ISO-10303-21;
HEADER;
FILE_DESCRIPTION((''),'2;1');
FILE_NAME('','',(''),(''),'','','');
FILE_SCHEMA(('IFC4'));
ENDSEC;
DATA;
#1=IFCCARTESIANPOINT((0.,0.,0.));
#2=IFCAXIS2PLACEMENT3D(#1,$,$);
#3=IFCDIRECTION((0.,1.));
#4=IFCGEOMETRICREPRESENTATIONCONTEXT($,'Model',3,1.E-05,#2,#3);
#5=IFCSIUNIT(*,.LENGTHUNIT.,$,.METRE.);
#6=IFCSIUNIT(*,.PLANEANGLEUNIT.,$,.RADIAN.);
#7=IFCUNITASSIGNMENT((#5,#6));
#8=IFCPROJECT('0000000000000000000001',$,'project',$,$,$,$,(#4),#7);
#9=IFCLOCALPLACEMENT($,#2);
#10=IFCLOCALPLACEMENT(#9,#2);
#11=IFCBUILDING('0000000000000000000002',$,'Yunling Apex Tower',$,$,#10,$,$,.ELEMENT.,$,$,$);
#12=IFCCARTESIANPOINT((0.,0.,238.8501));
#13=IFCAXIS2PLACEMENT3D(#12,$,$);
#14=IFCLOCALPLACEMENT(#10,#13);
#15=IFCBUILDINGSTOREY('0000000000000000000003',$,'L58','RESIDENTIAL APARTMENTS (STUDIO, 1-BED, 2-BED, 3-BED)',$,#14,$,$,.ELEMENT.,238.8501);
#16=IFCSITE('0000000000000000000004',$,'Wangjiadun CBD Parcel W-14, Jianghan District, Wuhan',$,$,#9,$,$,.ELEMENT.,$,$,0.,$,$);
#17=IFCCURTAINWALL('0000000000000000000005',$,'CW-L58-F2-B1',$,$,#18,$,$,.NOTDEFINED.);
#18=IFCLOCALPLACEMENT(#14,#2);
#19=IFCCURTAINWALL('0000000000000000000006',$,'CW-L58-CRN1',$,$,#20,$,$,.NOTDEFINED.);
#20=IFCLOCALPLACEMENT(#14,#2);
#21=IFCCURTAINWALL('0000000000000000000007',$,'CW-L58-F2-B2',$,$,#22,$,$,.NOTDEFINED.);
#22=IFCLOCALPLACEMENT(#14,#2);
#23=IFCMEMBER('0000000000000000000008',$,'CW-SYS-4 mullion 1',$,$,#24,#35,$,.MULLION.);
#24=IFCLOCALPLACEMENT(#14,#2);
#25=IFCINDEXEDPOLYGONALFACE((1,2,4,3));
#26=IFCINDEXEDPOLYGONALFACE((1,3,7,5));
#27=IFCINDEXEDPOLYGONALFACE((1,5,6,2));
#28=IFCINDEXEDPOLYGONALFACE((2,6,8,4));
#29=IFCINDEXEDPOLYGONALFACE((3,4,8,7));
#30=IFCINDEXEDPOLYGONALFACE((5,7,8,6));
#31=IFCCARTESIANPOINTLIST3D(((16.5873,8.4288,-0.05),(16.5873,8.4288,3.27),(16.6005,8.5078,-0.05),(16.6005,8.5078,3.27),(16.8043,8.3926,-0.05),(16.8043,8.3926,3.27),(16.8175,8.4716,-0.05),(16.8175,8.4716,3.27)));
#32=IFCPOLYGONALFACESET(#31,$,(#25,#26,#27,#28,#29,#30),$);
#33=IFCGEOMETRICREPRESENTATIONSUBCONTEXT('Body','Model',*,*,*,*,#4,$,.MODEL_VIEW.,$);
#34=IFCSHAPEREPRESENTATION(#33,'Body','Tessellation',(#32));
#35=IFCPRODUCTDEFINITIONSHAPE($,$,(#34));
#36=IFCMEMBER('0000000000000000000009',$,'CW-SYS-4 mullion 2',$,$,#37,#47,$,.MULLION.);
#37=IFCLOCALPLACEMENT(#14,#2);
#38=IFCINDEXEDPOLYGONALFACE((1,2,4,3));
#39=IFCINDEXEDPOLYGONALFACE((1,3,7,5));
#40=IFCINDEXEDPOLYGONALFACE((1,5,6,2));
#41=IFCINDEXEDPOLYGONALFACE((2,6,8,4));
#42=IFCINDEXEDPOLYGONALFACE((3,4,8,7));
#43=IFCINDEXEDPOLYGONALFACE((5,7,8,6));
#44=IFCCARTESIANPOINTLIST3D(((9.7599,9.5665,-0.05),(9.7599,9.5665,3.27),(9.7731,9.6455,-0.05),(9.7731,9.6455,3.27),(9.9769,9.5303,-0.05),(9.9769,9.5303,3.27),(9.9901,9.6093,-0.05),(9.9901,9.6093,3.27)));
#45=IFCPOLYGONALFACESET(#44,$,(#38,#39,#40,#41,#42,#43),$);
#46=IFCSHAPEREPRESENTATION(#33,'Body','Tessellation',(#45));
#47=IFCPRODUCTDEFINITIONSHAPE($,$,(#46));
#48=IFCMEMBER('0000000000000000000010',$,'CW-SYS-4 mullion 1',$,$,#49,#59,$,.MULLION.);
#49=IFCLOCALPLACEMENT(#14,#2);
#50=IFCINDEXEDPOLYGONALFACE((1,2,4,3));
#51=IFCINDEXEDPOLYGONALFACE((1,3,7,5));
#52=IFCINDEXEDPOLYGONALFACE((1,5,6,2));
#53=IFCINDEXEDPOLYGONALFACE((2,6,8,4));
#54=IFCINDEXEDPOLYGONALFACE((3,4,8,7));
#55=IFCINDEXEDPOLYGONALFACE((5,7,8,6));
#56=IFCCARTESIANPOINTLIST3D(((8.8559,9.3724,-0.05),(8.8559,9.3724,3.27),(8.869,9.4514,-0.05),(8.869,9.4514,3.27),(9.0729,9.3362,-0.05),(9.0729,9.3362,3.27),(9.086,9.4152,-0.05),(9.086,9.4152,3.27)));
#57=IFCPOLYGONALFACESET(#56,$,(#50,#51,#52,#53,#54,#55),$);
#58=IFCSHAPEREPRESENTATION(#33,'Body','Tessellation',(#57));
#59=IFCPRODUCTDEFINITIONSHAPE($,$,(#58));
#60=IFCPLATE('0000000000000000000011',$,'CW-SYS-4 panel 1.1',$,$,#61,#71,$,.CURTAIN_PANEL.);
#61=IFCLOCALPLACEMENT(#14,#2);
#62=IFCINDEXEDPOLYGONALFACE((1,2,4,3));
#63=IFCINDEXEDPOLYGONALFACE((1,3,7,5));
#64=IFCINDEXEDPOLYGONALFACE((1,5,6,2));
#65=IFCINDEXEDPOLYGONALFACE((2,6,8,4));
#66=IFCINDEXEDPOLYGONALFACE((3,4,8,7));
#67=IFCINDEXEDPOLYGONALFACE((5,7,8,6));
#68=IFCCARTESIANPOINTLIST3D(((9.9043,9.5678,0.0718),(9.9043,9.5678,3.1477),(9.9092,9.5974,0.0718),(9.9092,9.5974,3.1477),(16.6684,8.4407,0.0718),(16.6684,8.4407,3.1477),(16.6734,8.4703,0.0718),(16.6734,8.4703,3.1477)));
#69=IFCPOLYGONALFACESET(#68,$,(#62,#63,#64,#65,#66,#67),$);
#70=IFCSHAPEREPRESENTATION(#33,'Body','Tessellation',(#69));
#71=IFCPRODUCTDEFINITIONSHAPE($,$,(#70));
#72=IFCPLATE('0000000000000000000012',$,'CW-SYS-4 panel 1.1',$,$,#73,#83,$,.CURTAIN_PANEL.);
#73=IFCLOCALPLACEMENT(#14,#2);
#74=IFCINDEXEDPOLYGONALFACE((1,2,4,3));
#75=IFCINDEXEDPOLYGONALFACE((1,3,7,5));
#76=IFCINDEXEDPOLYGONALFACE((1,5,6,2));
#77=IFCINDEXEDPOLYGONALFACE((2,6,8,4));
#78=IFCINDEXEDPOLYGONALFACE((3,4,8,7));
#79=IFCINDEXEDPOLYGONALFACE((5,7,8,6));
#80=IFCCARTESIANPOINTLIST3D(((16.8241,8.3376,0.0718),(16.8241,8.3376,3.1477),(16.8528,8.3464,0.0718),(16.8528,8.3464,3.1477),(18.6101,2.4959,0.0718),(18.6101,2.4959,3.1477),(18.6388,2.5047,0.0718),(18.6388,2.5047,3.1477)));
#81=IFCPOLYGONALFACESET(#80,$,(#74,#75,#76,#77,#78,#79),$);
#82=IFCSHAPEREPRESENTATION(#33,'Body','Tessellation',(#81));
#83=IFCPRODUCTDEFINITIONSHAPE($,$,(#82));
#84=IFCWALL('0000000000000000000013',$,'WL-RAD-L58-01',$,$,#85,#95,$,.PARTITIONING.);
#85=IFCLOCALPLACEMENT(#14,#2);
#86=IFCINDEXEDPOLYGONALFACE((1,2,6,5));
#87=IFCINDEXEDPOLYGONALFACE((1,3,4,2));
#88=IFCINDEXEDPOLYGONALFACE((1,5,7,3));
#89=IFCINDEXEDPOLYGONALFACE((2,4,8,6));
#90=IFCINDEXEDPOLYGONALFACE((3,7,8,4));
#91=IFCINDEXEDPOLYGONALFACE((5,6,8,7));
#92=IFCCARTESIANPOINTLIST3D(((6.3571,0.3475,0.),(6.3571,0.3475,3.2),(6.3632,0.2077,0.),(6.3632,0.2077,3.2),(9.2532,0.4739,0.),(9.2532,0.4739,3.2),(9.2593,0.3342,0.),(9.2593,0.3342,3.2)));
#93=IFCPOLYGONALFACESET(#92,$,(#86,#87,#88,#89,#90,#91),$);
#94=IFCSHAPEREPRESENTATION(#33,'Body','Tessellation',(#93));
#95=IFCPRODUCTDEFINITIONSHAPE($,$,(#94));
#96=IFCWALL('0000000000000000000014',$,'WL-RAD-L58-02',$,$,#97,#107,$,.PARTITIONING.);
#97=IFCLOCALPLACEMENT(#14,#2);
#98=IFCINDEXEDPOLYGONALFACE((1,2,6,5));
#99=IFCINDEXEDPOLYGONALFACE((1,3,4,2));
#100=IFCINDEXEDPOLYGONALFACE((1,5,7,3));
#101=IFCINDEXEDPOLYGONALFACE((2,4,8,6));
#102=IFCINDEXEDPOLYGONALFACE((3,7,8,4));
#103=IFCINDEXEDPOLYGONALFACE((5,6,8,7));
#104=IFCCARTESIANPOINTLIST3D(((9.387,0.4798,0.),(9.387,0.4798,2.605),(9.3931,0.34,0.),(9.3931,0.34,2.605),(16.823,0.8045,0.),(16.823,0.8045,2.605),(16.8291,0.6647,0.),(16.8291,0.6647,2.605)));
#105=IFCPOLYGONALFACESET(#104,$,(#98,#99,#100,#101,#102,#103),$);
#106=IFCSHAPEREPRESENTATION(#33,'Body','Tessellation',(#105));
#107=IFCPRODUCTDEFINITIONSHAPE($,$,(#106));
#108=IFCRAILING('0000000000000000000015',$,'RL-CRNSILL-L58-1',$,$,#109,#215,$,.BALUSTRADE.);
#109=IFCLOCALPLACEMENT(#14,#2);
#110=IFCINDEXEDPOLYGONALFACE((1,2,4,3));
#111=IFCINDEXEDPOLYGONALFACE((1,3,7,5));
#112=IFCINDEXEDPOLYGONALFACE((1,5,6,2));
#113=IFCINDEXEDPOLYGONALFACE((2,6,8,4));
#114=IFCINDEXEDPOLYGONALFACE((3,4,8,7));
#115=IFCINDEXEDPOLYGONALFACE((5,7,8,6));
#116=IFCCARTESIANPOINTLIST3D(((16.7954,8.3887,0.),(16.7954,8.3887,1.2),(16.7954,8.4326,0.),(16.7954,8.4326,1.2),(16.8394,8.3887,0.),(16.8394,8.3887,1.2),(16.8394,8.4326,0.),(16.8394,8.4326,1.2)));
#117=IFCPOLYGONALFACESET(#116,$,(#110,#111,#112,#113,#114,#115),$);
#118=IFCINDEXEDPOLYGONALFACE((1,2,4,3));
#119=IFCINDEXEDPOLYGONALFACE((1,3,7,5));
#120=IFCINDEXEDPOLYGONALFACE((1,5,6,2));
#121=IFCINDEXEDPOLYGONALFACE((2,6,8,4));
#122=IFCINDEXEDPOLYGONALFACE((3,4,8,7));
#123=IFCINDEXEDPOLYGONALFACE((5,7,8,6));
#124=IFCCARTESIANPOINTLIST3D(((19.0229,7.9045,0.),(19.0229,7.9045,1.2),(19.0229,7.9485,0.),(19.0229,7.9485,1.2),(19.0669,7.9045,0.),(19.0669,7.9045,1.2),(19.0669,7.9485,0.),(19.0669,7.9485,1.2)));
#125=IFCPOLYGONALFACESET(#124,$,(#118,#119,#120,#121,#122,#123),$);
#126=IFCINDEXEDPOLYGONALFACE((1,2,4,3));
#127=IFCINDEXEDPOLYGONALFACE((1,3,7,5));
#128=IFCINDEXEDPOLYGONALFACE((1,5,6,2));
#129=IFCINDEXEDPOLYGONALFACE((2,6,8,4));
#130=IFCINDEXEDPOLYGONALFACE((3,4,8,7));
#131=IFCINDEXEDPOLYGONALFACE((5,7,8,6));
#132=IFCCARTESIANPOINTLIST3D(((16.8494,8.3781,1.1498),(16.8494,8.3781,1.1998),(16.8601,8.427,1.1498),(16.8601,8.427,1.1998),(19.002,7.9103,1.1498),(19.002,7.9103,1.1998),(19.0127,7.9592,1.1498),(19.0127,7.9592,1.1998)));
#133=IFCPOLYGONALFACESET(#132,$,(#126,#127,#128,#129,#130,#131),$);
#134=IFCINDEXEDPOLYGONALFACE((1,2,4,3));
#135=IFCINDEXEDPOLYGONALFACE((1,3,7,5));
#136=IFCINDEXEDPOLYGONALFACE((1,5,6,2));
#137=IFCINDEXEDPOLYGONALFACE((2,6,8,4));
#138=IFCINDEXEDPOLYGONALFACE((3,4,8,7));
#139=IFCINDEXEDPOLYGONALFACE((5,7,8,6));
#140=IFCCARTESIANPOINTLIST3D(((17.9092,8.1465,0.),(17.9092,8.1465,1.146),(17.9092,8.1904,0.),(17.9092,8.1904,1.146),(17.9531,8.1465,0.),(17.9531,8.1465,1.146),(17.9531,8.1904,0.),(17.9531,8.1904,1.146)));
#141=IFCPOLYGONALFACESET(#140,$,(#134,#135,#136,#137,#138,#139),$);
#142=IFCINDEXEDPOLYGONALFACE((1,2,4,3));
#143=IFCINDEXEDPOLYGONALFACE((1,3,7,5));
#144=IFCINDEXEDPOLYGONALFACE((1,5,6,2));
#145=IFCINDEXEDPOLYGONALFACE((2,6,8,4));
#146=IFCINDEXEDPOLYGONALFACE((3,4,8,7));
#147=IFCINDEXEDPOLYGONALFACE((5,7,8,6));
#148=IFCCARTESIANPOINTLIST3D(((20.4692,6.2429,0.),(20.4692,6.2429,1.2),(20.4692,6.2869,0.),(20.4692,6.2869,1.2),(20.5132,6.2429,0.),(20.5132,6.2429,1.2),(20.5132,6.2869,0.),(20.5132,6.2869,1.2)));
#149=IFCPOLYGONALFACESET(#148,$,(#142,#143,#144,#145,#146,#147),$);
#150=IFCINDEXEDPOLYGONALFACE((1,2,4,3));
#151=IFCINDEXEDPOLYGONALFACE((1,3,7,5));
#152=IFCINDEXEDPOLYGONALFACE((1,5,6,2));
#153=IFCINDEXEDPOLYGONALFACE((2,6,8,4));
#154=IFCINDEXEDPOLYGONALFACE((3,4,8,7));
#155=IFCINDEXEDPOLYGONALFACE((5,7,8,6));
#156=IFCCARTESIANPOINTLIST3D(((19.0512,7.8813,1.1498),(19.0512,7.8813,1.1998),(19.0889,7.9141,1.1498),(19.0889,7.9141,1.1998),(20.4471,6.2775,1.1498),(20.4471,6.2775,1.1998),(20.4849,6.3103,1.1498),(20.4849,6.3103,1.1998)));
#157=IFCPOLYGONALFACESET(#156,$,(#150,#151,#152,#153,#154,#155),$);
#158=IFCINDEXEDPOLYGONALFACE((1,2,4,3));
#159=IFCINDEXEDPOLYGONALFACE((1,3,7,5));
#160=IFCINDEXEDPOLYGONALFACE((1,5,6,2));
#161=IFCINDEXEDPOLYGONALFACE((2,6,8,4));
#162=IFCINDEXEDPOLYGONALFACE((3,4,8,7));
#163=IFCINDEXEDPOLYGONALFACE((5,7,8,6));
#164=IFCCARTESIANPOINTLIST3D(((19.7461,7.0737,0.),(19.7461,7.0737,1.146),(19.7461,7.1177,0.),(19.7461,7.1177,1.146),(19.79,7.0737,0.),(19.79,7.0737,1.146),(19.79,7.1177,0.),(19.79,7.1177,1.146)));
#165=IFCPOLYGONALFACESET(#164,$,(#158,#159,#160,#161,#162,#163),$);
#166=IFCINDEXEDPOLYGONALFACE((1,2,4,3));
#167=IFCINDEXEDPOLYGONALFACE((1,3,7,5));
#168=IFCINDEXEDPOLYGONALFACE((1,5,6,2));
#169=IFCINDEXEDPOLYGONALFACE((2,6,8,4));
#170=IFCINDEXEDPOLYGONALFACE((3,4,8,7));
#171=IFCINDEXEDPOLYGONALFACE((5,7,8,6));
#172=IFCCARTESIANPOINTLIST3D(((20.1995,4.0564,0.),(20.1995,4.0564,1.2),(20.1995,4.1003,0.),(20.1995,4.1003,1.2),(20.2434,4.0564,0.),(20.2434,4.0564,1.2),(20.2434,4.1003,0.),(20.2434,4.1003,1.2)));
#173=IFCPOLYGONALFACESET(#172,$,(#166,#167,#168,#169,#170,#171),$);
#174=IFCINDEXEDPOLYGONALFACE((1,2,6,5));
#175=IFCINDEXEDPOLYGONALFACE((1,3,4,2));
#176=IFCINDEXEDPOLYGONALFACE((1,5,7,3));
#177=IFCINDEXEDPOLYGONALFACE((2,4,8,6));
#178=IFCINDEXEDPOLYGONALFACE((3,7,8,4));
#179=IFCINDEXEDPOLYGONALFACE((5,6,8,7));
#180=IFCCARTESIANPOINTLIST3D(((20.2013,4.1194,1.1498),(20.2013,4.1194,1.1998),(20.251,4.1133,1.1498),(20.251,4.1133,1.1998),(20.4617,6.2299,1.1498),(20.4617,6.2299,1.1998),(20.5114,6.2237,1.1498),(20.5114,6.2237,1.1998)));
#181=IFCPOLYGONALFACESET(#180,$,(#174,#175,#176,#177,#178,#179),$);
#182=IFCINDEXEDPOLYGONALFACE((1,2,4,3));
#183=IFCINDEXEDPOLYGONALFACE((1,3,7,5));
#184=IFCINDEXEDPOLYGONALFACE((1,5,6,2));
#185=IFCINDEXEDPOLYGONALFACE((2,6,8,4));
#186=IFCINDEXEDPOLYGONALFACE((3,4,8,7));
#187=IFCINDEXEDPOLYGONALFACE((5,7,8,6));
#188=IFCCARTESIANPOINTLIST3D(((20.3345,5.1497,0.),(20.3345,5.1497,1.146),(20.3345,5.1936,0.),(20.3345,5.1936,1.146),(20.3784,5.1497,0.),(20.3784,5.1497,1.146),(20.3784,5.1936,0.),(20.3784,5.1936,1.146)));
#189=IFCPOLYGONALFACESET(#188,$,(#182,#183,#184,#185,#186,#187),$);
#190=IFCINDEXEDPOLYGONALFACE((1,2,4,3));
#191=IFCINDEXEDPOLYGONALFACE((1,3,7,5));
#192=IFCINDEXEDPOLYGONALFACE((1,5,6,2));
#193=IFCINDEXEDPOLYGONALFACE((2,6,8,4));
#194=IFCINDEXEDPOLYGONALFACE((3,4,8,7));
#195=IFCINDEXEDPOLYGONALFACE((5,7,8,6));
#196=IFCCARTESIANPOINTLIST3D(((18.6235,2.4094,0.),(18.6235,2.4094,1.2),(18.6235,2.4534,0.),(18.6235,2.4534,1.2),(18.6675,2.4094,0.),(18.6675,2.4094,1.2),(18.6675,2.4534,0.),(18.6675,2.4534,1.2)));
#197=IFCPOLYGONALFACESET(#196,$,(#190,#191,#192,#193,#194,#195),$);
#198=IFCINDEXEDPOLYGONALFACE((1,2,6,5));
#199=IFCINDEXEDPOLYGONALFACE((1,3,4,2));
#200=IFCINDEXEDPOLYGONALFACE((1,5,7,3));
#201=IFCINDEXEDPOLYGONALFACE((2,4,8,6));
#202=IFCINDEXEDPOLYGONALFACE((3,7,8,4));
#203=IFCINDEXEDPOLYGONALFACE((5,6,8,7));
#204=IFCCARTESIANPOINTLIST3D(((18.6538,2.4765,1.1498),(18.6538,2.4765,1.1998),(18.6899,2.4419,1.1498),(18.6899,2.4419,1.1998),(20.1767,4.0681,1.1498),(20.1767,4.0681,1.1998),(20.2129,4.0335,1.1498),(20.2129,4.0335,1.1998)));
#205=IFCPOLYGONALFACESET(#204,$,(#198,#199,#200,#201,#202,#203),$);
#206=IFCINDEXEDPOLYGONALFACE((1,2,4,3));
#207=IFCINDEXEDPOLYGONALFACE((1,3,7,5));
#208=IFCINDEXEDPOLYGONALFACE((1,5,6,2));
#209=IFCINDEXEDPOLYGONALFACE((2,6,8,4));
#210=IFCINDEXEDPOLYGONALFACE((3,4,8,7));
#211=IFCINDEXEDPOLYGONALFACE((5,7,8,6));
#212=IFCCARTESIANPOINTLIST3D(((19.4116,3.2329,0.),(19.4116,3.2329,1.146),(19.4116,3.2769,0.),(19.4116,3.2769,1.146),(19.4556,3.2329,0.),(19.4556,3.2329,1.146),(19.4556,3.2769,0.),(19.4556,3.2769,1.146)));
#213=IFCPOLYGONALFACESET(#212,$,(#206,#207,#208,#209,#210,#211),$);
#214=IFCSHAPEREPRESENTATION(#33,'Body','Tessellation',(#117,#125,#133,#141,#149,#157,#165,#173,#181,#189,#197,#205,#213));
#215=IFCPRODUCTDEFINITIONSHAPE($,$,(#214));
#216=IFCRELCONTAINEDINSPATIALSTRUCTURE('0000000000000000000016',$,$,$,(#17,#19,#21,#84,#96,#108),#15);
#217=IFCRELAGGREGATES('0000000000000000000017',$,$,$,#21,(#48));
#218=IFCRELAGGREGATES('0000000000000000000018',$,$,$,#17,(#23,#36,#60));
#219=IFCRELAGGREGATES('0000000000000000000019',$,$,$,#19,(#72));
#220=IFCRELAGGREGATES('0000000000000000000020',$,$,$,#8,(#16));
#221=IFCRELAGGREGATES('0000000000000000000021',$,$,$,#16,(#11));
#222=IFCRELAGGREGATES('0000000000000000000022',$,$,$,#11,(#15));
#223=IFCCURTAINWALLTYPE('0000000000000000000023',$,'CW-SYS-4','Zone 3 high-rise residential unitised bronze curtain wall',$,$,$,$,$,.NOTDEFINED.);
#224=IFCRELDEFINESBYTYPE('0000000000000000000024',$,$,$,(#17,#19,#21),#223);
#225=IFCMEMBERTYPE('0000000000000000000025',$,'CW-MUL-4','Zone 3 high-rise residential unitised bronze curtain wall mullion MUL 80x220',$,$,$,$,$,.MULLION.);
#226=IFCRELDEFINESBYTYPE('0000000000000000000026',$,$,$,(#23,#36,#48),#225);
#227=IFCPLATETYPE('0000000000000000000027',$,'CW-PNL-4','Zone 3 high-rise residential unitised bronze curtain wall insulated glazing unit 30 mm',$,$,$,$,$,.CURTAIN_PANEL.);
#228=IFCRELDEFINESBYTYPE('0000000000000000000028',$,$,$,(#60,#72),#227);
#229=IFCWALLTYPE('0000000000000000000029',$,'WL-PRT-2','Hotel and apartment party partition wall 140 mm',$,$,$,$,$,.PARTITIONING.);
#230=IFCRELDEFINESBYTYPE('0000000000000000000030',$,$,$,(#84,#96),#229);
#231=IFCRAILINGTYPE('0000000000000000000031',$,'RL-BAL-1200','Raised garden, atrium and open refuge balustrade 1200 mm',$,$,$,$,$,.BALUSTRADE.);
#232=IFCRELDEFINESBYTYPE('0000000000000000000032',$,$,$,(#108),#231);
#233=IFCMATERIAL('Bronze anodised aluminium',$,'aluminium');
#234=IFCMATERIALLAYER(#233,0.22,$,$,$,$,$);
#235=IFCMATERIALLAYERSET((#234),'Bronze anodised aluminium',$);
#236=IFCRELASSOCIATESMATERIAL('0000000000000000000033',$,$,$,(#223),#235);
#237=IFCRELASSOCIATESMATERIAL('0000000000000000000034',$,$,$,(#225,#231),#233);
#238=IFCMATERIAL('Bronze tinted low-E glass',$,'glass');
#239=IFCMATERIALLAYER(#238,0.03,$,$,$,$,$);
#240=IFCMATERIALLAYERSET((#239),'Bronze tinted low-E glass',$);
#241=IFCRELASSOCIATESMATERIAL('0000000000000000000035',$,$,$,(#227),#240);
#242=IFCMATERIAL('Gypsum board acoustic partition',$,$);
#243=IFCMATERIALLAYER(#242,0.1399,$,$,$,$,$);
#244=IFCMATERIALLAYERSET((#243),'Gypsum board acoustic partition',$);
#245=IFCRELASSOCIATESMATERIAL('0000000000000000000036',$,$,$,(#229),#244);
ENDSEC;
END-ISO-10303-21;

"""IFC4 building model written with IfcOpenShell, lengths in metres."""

from ifc_helpers import new_model, si_unit, direction, frame, frame_2d, origin, origin_2d, place, context, subcontext, project, spatial, rectangle, extrude, source, transform, mapped, material, layer, layer_set, material_profile, profile_set, type_object, element, aggregate, save


model = new_model("IFC4")

# Units and contexts
model_context = context("Model", 3, precision=1e-05, world=origin(), true_north=direction((0.0, 1.0)))
body_context = subcontext(model_context, "Body", "Model", "MODEL_VIEW")
ifc_project = project(units=[si_unit("LENGTHUNIT", "METRE"), si_unit("PLANEANGLEUNIT", "RADIAN")], contexts=[model_context])

# Site, building, storey
site_placement = place(None, origin())
site = spatial("IfcSite", under=ifc_project, at=site_placement, Name="Wangjiadun CBD Parcel W-14, Jianghan District, Wuhan", CompositionType="ELEMENT", RefElevation=0.0)
building_placement = place(site_placement, origin())
building = spatial("IfcBuilding", under=site, at=building_placement, Name="Yunling Apex Tower", CompositionType="ELEMENT")
storey_placement = place(building_placement, frame((0.0, 0.0, 238.8501)))
storey = spatial("IfcBuildingStorey", under=building, at=storey_placement, Name="L58", Description="RESIDENTIAL APARTMENTS (STUDIO, 1-BED, 2-BED, 3-BED)", CompositionType="ELEMENT", Elevation=238.8501)

# Curtain walls
ifc_material_1 = material(Name="Bronze anodised aluminium", Category="aluminium")
ifc_layer_1 = layer(ifc_material_1, 0.22)
ifc_layer_set_1 = layer_set([ifc_layer_1], Name="Bronze anodised aluminium")
curtain_wall_type = type_object("IfcCurtainWallType", Name="CW-SYS-4", Description="Zone 3 high-rise residential unitised bronze curtain wall", PredefinedType="NOTDEFINED", material=ifc_layer_set_1)
curtain_wall_1_placement = place(storey_placement, origin())
curtain_wall_1 = element("IfcCurtainWall", 1, at=curtain_wall_1_placement, inside=storey, type_object=curtain_wall_type, Name="CW-L58-F2-B1", PredefinedType="NOTDEFINED")
curtain_wall_2_placement = place(storey_placement, origin())
curtain_wall_2 = element("IfcCurtainWall", 2, at=curtain_wall_2_placement, inside=storey, type_object=curtain_wall_type, Name="CW-L58-CRN1", PredefinedType="NOTDEFINED")
curtain_wall_3_placement = place(storey_placement, origin())
curtain_wall_3 = element("IfcCurtainWall", 3, at=curtain_wall_3_placement, inside=storey, type_object=curtain_wall_type, Name="CW-L58-F2-B2", PredefinedType="NOTDEFINED")

# Shared definitions
ifc_material_profile_1 = material_profile(ifc_material_1, rectangle(XDim=0.0801, YDim=0.22, at=origin_2d()))
ifc_profile_set_1 = profile_set([ifc_material_profile_1], Name="Bronze anodised aluminium")
member_type_1 = type_object("IfcMemberType", Name="CW-MUL-4", Description="Zone 3 high-rise residential unitised bronze curtain wall mullion MUL 80x220", PredefinedType="MULLION", material=ifc_profile_set_1)
shared_shape_1 = source(origin(), body_context, "Body", "SweptSolid", [
    extrude(rectangle(XDim=0.0801, YDim=0.22, at=origin_2d()), origin(), (0.0, 0.0, 1.0), 3.3201),
])

# Members
member_1_placement = place(storey_placement, frame((16.7024, 8.4502, -0.05), z_axis=(0.0, 0.0, 1.0), x_axis=(-0.164353, -0.986402, 0.0)))
member_1 = element("IfcMember", 4, at=member_1_placement, type_object=member_type_1, Name="CW-SYS-4 mullion 1", PredefinedType="MULLION", context=body_context, shape_type="MappedRepresentation", body=[
    mapped(shared_shape_1, transform((0.0, 0.0, 0.0), scale=1.0)),
])
member_2_placement = place(storey_placement, frame((9.875, 9.5879, -0.05), z_axis=(0.0, 0.0, 1.0), x_axis=(-0.164353, -0.986402, 0.0)))
member_2 = element("IfcMember", 5, at=member_2_placement, type_object=member_type_1, Name="CW-SYS-4 mullion 2", PredefinedType="MULLION", context=body_context, shape_type="MappedRepresentation", body=[
    mapped(shared_shape_1, transform((0.0, 0.0, 0.0), scale=1.0)),
])
member_3_placement = place(storey_placement, frame((8.9709, 9.3938, -0.05), z_axis=(0.0, 0.0, 1.0), x_axis=(-0.164371, -0.986399, 0.0)))
member_3 = element("IfcMember", 6, at=member_3_placement, type_object=member_type_1, Name="CW-SYS-4 mullion 1", PredefinedType="MULLION", context=body_context, shape_type="MappedRepresentation", body=[
    mapped(shared_shape_1, transform((0.0, 0.0, 0.0), scale=1.0)),
])
aggregate(curtain_wall_3, [member_3])

# Plates
ifc_material_2 = material(Name="Bronze tinted low-E glass", Category="glass")
ifc_layer_2 = layer(ifc_material_2, 0.03)
ifc_layer_set_2 = layer_set([ifc_layer_2], Name="Bronze tinted low-E glass")
plate_type = type_object("IfcPlateType", Name="CW-PNL-4", Description="Zone 3 high-rise residential unitised bronze curtain wall insulated glazing unit 30 mm", PredefinedType="CURTAIN_PANEL", material=ifc_layer_set_2)
shared_shape_2 = source(origin(), body_context, "Body", "SweptSolid", [
    extrude(rectangle(XDim=6.8574, YDim=0.03, at=origin_2d()), origin(), (0.0, 0.0, 1.0), 3.0759),
])
plate_1_placement = place(storey_placement, frame((13.2888, 9.019, 0.0718), z_axis=(0.0, 0.0, 1.0), x_axis=(-0.986402, 0.164353, 0.0)))
plate_1 = element("IfcPlate", 7, at=plate_1_placement, type_object=plate_type, Name="CW-SYS-4 panel 1.1", PredefinedType="CURTAIN_PANEL", context=body_context, shape_type="MappedRepresentation", body=[
    mapped(shared_shape_2, transform((0.0, 0.0, 0.0), scale=1.0)),
])
aggregate(curtain_wall_1, [member_1, member_2, plate_1])
shared_shape_3 = source(origin(), body_context, "Body", "SweptSolid", [
    extrude(rectangle(XDim=6.1086, YDim=0.03, at=origin_2d()), origin(), (0.0, 0.0, 1.0), 3.0759),
])
plate_2_placement = place(storey_placement, frame((17.7314, 5.4211, 0.0718), z_axis=(0.0, 0.0, 1.0), x_axis=(-0.292369, 0.956305, 0.0)))
plate_2 = element("IfcPlate", 8, at=plate_2_placement, type_object=plate_type, Name="CW-SYS-4 panel 1.1", PredefinedType="CURTAIN_PANEL", context=body_context, shape_type="MappedRepresentation", body=[
    mapped(shared_shape_3, transform((0.0, 0.0, 0.0), scale=1.0)),
])
aggregate(curtain_wall_2, [plate_2])

# Walls
ifc_material_3 = material(Name="Gypsum board acoustic partition")
ifc_layer_3 = layer(ifc_material_3, 0.1399)
ifc_layer_set_3 = layer_set([ifc_layer_3], Name="Gypsum board acoustic partition")
wall_type = type_object("IfcWallType", Name="WL-PRT-2", Description="Hotel and apartment party partition wall 140 mm", PredefinedType="PARTITIONING", material=ifc_layer_set_3)
wall_1_placement = place(storey_placement, frame((6.3601, 0.2776, 0.0), z_axis=(0.0, 0.0, 1.0), x_axis=(0.999048, 0.043624, 0.0)))
element("IfcWall", 9, at=wall_1_placement, inside=storey, type_object=wall_type, Name="WL-RAD-L58-01", PredefinedType="PARTITIONING", context=body_context, shape_type="SweptSolid", body=[
    extrude(rectangle(XDim=2.8989, YDim=0.1399, at=frame_2d((1.4495, 0.0))), origin(), (0.0, 0.0, 1.0), 3.2),
])
wall_2_placement = place(storey_placement, frame((9.3899, 0.4099, 0.0), z_axis=(0.0, 0.0, 1.0), x_axis=(0.999048, 0.043625, 0.0)))
element("IfcWall", 10, at=wall_2_placement, inside=storey, type_object=wall_type, Name="WL-RAD-L58-02", PredefinedType="PARTITIONING", context=body_context, shape_type="SweptSolid", body=[
    extrude(rectangle(XDim=7.4431, YDim=0.1399, at=frame_2d((3.7217, 0.0))), origin(), (0.0, 0.0, 1.0), 2.605),
])

# Railing
railing_type = type_object("IfcRailingType", Name="RL-BAL-1200", Description="Raised garden, atrium and open refuge balustrade 1200 mm", PredefinedType="BALUSTRADE", material=ifc_material_1)
railing_1_placement = place(storey_placement, frame((16.8174, 8.4106, 0.0)))
element("IfcRailing", 11, at=railing_1_placement, inside=storey, type_object=railing_type, Name="RL-CRNSILL-L58-1", PredefinedType="BALUSTRADE", context=body_context, shape_type="SweptSolid", body=[
    extrude(rectangle(XDim=0.0439, YDim=0.0439, at=origin_2d()), origin(), (0.0, 0.0, 1.0), 1.2),
    extrude(rectangle(XDim=0.0439, YDim=0.0439, at=origin_2d()), frame((2.2275, -0.4841, 0.0)), (0.0, 0.0, 1.0), 1.2),
    extrude(rectangle(XDim=0.05, YDim=0.05, at=origin_2d()), frame((0.0374, -0.0081, 1.1748), z_axis=(0.977187, -0.212381, 0.0), x_axis=(0.212381, 0.977187, 0.0)), (0.0, 0.0, 1.0), 2.2029),
    extrude(rectangle(XDim=0.0439, YDim=0.0439, at=origin_2d()), frame((1.1138, -0.2422, 0.0)), (0.0, 0.0, 1.0), 1.146),
    extrude(rectangle(XDim=0.0439, YDim=0.0439, at=origin_2d()), frame((3.6738, -2.1458, 0.0)), (0.0, 0.0, 1.0), 1.2),
    extrude(rectangle(XDim=0.05, YDim=0.05, at=origin_2d()), frame((2.2527, -0.5129, 1.1748), z_axis=(0.656541, -0.75429, 0.0), x_axis=(0.75429, 0.656541, 0.0)), (0.0, 0.0, 1.0), 2.1262),
    extrude(rectangle(XDim=0.0439, YDim=0.0439, at=origin_2d()), frame((2.9507, -1.3149, 0.0)), (0.0, 0.0, 1.0), 1.146),
    extrude(rectangle(XDim=0.0439, YDim=0.0439, at=origin_2d()), frame((3.4041, -4.3323, 0.0)), (0.0, 0.0, 1.0), 1.2),
    extrude(rectangle(XDim=0.05, YDim=0.05, at=origin_2d()), frame((3.6692, -2.1838, 1.1748), z_axis=(-0.122452, -0.992474, 0.0), x_axis=(0.992474, -0.122452, 0.0)), (0.0, 0.0, 1.0), 2.1265),
    extrude(rectangle(XDim=0.0439, YDim=0.0439, at=origin_2d()), frame((3.5391, -3.239, 0.0)), (0.0, 0.0, 1.0), 1.146),
    extrude(rectangle(XDim=0.0439, YDim=0.0439, at=origin_2d()), frame((1.8281, -5.9792, 0.0)), (0.0, 0.0, 1.0), 1.2),
    extrude(rectangle(XDim=0.05, YDim=0.05, at=origin_2d()), frame((3.3774, -4.3599, 1.1748), z_axis=(-0.691352, -0.722519, 0.0), x_axis=(0.722519, -0.691352, 0.0)), (0.0, 0.0, 1.0), 2.2029),
    extrude(rectangle(XDim=0.0439, YDim=0.0439, at=origin_2d()), frame((2.6162, -5.1558, 0.0)), (0.0, 0.0, 1.0), 1.146),
])

save(model, "model.ifc")
